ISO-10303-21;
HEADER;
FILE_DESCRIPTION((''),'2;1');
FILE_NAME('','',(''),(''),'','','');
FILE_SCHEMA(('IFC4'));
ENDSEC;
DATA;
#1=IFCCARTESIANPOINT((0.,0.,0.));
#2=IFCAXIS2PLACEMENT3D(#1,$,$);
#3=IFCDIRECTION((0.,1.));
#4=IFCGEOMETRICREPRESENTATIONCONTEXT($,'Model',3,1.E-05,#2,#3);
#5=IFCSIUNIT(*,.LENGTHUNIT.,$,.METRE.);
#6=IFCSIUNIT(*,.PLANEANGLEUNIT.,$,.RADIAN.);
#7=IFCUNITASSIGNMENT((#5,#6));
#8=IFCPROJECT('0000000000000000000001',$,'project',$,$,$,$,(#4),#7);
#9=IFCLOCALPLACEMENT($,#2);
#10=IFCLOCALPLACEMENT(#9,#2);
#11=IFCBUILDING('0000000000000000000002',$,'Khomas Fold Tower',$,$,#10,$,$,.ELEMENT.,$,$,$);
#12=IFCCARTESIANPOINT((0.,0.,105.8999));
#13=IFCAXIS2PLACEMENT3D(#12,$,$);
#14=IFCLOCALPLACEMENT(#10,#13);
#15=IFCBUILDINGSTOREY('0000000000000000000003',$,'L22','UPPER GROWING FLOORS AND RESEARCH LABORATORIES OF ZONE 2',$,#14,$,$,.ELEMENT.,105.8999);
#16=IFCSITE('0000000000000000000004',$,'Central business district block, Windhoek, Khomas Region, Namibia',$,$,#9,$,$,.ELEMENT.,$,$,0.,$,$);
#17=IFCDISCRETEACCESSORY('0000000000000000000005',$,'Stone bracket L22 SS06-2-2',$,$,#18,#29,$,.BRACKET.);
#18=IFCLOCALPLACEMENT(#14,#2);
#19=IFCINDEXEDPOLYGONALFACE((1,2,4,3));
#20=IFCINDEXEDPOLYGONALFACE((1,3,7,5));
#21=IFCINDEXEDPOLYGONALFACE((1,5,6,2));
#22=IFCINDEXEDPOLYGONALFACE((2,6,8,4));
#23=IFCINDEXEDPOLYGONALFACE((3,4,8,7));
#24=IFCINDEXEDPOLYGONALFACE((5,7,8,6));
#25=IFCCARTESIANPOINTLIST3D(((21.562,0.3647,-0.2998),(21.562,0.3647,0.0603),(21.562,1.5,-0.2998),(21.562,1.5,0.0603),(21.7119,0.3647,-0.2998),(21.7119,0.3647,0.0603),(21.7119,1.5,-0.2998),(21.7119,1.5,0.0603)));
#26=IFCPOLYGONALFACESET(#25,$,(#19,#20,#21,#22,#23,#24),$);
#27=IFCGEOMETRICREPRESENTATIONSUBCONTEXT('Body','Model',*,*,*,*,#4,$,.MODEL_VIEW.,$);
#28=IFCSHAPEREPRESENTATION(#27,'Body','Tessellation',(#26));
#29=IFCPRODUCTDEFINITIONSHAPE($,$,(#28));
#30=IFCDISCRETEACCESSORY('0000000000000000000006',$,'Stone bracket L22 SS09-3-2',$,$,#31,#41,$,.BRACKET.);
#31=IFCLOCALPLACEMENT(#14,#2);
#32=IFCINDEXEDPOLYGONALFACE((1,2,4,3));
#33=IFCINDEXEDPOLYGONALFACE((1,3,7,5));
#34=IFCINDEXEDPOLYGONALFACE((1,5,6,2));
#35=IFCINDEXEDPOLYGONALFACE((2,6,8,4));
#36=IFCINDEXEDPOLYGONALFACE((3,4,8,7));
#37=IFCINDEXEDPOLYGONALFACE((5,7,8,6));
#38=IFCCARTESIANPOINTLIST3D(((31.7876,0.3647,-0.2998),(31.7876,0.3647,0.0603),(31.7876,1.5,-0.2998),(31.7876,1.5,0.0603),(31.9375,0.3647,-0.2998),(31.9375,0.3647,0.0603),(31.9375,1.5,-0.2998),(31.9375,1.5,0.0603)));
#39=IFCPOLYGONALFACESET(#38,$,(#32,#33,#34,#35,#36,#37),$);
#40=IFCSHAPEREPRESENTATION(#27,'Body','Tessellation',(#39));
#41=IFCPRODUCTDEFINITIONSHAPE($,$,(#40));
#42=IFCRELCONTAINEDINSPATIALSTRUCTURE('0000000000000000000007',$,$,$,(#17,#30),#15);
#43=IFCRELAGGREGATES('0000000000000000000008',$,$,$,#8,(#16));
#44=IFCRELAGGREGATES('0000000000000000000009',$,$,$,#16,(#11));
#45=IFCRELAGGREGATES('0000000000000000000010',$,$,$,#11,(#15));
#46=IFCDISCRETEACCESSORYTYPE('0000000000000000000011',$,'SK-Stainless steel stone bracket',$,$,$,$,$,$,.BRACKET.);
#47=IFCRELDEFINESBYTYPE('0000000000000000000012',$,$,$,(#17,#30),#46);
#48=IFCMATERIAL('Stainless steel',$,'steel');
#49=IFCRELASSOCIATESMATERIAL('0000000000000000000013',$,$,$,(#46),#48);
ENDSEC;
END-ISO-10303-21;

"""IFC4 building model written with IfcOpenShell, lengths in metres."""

from ifc_helpers import new_model, si_unit, direction, frame, origin, origin_2d, place, context, subcontext, project, spatial, rectangle, extrude, source, transform, mapped, material, type_object, element, save


model = new_model("IFC4")

# Units and contexts
model_context = context("Model", 3, precision=1e-05, world=origin(), true_north=direction((0.0, 1.0)))
body_context = subcontext(model_context, "Body", "Model", "MODEL_VIEW")
ifc_project = project(units=[si_unit("LENGTHUNIT", "METRE"), si_unit("PLANEANGLEUNIT", "RADIAN")], contexts=[model_context])

# Site, building, storey
site_placement = place(None, origin())
site = spatial("IfcSite", under=ifc_project, at=site_placement, Name="Central business district block, Windhoek, Khomas Region, Namibia", CompositionType="ELEMENT", RefElevation=0.0)
building_placement = place(site_placement, origin())
building = spatial("IfcBuilding", under=site, at=building_placement, Name="Khomas Fold Tower", CompositionType="ELEMENT")
storey_placement = place(building_placement, frame((0.0, 0.0, 105.8999)))
storey = spatial("IfcBuildingStorey", under=building, at=storey_placement, Name="L22", Description="UPPER GROWING FLOORS AND RESEARCH LABORATORIES OF ZONE 2", CompositionType="ELEMENT", Elevation=105.8999)

# Discrete accessories
ifc_material_1 = material(Name="Stainless steel", Category="steel")
discrete_accessory_type = type_object("IfcDiscreteAccessoryType", Name="SK-Stainless steel stone bracket", PredefinedType="BRACKET", material=ifc_material_1)
shared_shape_1 = source(origin(), body_context, "Body", "SweptSolid", [
    extrude(rectangle(XDim=1.1353, YDim=0.1499, at=origin_2d()), origin(), (0.0, 0.0, 1.0), 0.3601),
])
for number, where, z_axis, x_axis, name in (
    (1, (21.637, 0.9324, -0.2998), (0.0, 0.0, 1.0), (0.0, -1.0, 0.0), "Stone bracket L22 SS06-2-2"),
    (2, (31.8625, 0.9324, -0.2998), (0.0, 0.0, 1.0), (0.0, -1.0, 0.0), "Stone bracket L22 SS09-3-2"),
):
    element("IfcDiscreteAccessory", number, at=place(storey_placement, frame(where, z_axis=z_axis, x_axis=x_axis)), inside=storey, type_object=discrete_accessory_type, Name=name, PredefinedType="BRACKET", context=body_context, shape_type="MappedRepresentation", body=[
        mapped(shared_shape_1, transform((0.0, 0.0, 0.0))),
    ])

save(model, "model.ifc")
